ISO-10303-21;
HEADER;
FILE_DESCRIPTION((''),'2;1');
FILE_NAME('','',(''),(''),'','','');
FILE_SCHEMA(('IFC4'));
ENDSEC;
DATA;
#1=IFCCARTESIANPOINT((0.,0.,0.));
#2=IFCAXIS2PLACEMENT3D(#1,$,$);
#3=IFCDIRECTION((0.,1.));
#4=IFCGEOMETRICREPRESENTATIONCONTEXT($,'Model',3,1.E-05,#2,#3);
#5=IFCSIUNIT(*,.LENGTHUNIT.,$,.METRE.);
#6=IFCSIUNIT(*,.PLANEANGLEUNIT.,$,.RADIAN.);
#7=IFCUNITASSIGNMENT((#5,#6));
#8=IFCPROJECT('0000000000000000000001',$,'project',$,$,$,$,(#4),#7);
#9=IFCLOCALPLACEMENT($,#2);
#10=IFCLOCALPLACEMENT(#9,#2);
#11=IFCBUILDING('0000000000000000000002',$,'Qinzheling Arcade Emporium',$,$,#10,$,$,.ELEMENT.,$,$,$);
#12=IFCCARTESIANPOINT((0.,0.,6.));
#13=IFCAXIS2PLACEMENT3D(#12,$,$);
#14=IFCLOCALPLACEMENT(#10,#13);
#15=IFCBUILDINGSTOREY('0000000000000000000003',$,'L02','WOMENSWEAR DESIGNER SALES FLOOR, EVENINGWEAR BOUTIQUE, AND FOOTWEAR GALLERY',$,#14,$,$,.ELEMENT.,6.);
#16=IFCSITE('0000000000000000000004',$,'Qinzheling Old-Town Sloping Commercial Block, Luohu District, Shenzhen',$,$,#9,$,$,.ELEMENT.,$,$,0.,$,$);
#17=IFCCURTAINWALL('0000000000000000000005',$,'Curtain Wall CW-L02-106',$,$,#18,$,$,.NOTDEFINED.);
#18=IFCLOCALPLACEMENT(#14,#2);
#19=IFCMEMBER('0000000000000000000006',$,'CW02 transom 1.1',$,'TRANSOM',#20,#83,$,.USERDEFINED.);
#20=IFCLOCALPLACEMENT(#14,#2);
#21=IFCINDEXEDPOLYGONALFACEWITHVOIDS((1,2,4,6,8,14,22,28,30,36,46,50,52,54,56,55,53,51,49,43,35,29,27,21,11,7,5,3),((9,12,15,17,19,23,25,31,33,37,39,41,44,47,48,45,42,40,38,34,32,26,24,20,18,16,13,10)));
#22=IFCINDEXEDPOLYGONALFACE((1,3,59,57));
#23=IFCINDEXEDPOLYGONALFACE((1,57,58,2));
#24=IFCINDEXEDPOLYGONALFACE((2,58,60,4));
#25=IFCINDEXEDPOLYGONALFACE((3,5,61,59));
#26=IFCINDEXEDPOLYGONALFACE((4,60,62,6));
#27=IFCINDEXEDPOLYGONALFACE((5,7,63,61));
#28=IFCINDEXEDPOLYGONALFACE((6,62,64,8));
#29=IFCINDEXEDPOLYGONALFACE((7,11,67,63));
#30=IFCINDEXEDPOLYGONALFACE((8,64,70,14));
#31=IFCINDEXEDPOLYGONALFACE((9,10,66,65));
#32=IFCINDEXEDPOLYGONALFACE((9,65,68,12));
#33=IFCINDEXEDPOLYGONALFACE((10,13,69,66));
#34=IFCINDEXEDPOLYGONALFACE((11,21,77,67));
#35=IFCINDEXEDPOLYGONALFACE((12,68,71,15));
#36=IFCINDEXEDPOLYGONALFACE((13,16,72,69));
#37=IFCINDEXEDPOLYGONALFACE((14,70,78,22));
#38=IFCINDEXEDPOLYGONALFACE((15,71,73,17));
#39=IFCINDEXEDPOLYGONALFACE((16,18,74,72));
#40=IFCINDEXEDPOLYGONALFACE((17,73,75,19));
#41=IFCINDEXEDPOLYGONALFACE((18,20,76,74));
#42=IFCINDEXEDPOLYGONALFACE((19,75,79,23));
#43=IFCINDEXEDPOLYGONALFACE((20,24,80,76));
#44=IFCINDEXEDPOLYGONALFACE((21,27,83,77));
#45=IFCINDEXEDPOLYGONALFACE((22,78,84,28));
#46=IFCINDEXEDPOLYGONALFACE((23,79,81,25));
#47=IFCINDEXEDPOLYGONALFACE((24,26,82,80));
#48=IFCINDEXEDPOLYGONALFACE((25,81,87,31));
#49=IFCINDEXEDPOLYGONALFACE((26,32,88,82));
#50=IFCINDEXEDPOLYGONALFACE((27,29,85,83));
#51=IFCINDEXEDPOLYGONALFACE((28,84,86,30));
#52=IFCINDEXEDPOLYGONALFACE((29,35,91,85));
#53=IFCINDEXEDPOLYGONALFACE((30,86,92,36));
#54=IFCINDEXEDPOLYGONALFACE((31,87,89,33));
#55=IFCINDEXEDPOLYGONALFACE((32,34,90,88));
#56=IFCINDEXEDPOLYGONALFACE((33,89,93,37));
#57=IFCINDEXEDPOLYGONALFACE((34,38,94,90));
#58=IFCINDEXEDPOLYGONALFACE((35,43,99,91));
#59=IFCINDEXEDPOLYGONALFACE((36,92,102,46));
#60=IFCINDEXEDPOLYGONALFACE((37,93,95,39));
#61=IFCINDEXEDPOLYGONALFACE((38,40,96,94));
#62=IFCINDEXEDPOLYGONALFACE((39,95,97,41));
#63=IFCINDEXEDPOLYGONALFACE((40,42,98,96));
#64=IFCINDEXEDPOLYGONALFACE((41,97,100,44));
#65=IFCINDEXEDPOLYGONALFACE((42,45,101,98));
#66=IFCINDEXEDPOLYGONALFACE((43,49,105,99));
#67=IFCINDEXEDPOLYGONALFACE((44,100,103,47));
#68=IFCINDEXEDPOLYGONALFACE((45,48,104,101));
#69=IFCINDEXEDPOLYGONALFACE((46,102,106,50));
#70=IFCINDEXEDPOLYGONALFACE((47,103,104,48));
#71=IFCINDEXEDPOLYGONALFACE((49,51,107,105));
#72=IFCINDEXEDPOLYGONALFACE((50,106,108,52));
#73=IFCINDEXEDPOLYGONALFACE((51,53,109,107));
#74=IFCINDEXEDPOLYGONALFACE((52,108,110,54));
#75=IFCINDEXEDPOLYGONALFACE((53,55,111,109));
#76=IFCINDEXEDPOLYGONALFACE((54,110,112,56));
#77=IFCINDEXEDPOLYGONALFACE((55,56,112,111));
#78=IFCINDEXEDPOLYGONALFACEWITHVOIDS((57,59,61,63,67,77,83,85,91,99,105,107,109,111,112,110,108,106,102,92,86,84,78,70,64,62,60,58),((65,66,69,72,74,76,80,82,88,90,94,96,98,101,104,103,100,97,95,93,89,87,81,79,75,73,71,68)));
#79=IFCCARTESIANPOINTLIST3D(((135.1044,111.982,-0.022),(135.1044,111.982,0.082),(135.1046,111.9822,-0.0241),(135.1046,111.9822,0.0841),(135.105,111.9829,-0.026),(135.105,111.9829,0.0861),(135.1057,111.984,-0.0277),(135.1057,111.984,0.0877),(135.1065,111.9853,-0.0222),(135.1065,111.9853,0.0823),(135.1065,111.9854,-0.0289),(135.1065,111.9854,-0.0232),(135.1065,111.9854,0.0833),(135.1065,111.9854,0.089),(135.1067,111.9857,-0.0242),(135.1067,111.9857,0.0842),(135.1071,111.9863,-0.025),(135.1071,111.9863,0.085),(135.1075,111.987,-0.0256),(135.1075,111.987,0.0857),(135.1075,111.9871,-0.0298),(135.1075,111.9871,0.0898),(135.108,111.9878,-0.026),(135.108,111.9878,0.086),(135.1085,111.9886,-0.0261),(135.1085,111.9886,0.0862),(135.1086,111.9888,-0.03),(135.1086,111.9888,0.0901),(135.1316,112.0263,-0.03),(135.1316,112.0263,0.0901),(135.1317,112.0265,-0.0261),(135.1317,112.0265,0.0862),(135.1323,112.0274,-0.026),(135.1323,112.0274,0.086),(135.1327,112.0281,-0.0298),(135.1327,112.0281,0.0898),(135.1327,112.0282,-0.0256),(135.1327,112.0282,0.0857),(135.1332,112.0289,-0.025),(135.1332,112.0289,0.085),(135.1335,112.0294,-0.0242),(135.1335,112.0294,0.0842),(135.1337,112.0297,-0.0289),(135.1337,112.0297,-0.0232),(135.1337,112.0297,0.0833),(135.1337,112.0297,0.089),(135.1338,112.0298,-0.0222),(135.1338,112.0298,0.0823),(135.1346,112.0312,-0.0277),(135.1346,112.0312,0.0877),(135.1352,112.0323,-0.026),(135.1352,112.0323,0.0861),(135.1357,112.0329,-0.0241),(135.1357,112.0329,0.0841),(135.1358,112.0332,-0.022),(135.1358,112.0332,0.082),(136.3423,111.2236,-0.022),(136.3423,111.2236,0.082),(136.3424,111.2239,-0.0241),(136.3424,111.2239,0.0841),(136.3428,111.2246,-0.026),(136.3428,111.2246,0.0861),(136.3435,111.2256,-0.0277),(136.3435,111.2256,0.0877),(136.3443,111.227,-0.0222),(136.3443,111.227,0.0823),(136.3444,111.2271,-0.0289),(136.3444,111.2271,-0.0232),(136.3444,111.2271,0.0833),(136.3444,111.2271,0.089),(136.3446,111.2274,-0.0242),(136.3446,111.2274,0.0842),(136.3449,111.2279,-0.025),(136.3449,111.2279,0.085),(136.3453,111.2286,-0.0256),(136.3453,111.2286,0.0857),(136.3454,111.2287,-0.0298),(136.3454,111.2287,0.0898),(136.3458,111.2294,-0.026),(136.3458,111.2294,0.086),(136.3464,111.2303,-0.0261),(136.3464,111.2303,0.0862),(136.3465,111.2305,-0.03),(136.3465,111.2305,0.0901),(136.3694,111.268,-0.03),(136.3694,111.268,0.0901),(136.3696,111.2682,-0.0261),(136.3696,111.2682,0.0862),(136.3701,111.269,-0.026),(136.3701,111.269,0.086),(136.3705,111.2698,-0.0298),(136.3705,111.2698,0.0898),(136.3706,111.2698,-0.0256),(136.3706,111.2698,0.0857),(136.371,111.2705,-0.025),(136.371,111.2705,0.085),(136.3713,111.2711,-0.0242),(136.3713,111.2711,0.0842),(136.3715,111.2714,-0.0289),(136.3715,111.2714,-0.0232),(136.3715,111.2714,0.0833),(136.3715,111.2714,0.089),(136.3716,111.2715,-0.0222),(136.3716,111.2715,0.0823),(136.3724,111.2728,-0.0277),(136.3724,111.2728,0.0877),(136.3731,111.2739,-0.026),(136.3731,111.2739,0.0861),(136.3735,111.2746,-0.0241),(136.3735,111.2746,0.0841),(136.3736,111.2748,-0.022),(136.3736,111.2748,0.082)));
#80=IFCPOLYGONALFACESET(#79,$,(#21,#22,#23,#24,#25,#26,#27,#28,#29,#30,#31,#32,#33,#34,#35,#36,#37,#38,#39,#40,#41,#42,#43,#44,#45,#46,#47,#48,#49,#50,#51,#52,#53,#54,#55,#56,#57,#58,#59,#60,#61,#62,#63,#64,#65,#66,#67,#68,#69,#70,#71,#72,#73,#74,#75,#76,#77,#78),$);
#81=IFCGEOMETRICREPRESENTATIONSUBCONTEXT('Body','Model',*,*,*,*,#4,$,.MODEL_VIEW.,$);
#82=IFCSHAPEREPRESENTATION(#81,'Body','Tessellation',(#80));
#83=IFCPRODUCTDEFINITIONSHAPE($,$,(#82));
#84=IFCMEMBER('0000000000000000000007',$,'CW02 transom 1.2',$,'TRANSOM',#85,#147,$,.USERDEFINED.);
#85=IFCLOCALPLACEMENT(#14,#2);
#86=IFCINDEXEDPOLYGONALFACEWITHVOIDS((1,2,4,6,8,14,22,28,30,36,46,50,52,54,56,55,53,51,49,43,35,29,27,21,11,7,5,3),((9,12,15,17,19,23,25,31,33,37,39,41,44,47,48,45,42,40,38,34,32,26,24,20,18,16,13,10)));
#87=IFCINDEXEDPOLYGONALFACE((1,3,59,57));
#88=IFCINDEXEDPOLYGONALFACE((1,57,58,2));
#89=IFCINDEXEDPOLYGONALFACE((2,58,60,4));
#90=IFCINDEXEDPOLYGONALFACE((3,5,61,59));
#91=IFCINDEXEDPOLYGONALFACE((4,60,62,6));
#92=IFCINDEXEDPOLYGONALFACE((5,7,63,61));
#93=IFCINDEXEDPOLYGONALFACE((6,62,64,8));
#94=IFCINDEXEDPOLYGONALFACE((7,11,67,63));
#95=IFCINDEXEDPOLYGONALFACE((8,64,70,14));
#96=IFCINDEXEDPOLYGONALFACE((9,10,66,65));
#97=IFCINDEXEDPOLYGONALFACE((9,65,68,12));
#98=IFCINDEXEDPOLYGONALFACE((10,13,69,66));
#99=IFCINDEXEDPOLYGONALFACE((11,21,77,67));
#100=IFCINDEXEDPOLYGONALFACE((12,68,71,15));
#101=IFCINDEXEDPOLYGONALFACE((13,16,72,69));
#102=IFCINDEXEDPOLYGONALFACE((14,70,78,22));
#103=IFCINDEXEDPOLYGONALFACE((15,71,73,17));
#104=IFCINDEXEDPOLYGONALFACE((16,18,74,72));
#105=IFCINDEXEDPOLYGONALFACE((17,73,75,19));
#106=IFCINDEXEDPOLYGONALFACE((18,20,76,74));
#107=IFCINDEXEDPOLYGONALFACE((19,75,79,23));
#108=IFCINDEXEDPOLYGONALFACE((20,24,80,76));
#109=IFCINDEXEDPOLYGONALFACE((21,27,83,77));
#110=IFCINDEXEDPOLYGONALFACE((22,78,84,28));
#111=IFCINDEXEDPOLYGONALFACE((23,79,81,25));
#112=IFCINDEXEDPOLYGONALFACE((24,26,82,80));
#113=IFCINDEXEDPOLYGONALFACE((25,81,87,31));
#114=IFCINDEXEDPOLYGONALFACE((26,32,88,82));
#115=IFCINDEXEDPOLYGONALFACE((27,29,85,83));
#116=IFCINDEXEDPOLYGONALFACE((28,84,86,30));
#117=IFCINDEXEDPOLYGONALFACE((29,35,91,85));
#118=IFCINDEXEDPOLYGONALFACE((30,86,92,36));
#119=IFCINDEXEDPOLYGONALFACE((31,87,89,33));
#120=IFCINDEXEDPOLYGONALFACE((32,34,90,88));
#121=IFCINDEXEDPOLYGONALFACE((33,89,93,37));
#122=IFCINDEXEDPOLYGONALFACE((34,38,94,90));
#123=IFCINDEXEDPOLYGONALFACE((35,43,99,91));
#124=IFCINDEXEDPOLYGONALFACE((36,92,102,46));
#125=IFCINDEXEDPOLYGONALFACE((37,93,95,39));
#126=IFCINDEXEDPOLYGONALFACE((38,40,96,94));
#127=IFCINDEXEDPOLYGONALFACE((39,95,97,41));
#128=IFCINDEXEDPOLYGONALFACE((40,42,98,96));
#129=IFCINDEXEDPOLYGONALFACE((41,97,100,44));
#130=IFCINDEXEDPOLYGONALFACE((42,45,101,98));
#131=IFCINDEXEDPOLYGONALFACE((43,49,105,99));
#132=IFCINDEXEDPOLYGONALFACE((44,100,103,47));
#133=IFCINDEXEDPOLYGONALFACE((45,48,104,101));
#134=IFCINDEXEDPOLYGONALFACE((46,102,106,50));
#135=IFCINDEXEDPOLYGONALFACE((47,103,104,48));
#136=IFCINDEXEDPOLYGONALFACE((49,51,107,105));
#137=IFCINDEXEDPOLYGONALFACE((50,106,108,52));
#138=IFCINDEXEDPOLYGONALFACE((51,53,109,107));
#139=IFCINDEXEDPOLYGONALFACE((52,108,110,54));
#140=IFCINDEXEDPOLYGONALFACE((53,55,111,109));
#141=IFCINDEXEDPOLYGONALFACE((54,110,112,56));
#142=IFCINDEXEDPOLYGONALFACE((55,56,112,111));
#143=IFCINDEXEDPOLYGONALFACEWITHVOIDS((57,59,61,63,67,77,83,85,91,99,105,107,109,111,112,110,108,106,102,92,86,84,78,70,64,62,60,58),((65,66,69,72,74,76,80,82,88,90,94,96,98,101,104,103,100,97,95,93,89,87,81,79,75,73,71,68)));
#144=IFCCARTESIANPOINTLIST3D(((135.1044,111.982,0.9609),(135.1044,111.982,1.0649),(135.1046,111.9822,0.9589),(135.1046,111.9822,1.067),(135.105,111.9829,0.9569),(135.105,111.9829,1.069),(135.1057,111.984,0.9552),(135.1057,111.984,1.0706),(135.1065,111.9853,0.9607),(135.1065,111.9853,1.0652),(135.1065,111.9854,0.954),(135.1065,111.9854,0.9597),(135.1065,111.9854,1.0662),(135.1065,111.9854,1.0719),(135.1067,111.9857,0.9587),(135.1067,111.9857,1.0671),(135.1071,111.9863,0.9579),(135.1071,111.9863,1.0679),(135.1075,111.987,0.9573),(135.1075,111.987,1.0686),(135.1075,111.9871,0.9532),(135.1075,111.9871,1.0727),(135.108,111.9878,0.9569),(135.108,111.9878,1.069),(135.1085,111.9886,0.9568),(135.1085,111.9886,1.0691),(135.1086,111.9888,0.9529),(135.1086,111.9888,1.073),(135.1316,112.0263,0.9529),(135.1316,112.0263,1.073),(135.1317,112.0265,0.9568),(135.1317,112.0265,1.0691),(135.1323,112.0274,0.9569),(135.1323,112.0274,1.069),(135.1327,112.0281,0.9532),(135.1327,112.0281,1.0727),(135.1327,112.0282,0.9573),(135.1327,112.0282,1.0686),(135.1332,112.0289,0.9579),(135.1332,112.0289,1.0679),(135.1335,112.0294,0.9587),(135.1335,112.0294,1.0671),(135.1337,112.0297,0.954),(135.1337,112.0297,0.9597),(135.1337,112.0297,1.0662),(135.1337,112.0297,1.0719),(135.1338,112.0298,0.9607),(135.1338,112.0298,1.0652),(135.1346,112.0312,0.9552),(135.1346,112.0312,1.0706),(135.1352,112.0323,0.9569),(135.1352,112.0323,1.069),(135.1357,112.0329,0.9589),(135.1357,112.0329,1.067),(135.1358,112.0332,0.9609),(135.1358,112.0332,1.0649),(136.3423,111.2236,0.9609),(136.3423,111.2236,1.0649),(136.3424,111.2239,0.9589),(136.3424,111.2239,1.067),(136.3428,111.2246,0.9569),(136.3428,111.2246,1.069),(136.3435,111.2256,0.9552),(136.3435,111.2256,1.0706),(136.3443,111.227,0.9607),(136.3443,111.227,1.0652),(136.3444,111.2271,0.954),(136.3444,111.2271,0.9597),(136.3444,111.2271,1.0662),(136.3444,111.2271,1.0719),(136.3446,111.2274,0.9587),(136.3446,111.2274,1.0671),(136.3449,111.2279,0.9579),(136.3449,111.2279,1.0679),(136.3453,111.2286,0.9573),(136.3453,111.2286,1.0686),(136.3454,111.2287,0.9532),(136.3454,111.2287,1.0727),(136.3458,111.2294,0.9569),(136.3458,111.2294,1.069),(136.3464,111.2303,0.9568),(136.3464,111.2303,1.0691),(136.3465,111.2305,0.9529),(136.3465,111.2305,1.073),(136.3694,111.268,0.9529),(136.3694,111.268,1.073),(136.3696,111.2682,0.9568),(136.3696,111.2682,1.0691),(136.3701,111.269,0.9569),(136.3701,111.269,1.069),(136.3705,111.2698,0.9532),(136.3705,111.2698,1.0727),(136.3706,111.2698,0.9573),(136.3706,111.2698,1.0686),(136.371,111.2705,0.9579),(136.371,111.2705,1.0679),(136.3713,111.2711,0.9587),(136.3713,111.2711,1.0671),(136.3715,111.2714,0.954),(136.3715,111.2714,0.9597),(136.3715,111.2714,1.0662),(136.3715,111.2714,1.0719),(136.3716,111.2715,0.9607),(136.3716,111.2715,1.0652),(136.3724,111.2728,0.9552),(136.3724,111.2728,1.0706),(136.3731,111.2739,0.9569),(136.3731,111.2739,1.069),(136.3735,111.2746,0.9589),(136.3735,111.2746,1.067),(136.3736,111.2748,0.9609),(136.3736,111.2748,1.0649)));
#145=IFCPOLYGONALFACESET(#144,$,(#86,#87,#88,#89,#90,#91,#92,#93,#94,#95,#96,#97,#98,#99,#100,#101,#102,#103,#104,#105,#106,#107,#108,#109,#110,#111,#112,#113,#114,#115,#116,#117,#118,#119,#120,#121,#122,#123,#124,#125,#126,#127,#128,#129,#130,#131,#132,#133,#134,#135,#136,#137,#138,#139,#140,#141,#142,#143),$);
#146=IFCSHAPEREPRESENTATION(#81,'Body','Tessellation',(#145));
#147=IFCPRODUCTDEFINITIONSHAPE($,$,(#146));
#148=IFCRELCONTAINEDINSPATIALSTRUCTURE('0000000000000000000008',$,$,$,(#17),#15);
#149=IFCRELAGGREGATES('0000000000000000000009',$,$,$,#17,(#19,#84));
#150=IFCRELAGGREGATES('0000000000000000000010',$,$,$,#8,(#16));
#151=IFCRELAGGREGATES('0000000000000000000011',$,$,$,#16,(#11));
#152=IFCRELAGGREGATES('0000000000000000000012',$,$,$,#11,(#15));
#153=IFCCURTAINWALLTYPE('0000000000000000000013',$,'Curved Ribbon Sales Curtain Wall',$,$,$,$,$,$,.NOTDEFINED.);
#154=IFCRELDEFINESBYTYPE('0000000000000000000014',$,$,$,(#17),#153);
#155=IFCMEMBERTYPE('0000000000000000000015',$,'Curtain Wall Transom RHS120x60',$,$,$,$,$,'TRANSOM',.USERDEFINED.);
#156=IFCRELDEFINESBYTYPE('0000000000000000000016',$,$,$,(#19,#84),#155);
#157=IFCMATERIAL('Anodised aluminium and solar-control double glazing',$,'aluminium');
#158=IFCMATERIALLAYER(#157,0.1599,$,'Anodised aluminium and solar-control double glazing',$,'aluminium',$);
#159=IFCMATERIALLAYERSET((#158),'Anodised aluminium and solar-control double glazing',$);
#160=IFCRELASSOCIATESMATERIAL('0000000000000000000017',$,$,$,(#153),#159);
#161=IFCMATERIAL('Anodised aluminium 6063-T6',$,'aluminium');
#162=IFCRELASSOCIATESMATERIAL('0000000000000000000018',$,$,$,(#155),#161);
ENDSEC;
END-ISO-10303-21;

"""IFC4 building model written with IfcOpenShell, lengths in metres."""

from ifc_helpers import new_model, si_unit, direction, frame, origin, origin_2d, place, context, subcontext, project, spatial, hollow_rectangle, extrude, material, layer, layer_set, material_profile, profile_set, type_object, element, aggregate, save


model = new_model("IFC4")

# Units and contexts
model_context = context("Model", 3, precision=1e-05, world=origin(), true_north=direction((0.0, 1.0)))
body_context = subcontext(model_context, "Body", "Model", "MODEL_VIEW")
ifc_project = project(units=[si_unit("LENGTHUNIT", "METRE"), si_unit("PLANEANGLEUNIT", "RADIAN")], contexts=[model_context])

# Site, building, storey
site_placement = place(None, origin())
site = spatial("IfcSite", under=ifc_project, at=site_placement, Name="Qinzheling Old-Town Sloping Commercial Block, Luohu District, Shenzhen", CompositionType="ELEMENT", RefElevation=0.0)
building_placement = place(site_placement, origin())
building = spatial("IfcBuilding", under=site, at=building_placement, Name="Qinzheling Arcade Emporium", CompositionType="ELEMENT")
storey_placement = place(building_placement, frame((0.0, 0.0, 6.0)))
storey = spatial("IfcBuildingStorey", under=building, at=storey_placement, Name="L02", Description="WOMENSWEAR DESIGNER SALES FLOOR, EVENINGWEAR BOUTIQUE, AND FOOTWEAR GALLERY", CompositionType="ELEMENT", Elevation=6.0)

# Shared definitions
ifc_material_1 = material(Name="Anodised aluminium and solar-control double glazing", Category="aluminium")
ifc_layer_1 = layer(ifc_material_1, 0.1599, Name="Anodised aluminium and solar-control double glazing", Category="aluminium")
ifc_layer_set_1 = layer_set([ifc_layer_1], Name="Anodised aluminium and solar-control double glazing")
curtain_wall_type = type_object("IfcCurtainWallType", Name="Curved Ribbon Sales Curtain Wall", PredefinedType="NOTDEFINED", material=ifc_layer_set_1)
ifc_material_2 = material(Name="Anodised aluminium 6063-T6", Category="aluminium")

# Curtain wall
curtain_wall_1_placement = place(storey_placement, origin())
curtain_wall_1 = element("IfcCurtainWall", 1, at=curtain_wall_1_placement, inside=storey, type_object=curtain_wall_type, Name="Curtain Wall CW-L02-106", PredefinedType="NOTDEFINED")

# Members
ifc_material_profile_1 = material_profile(ifc_material_2, hollow_rectangle(XDim=0.0601, YDim=0.1201, WallThickness=0.0039, InnerFilletRadius=0.0039, OuterFilletRadius=0.0081, at=origin_2d()), Name="RHS 120x60x4", Category="aluminium")
ifc_profile_set_1 = profile_set([ifc_material_profile_1], Name="Anodised aluminium 6063-T6")
member_type_1 = type_object("IfcMemberType", Name="Curtain Wall Transom RHS120x60", ElementType="TRANSOM", PredefinedType="USERDEFINED", material=ifc_profile_set_1)
member_1_placement = place(storey_placement, frame((135.1201, 112.0076, 0.03), z_axis=(0.852708, -0.522389, 0.0), x_axis=(0.522389, 0.852708, 0.0)))
member_1 = element("IfcMember", 2, at=member_1_placement, type_object=member_type_1, Name="CW02 transom 1.1", ObjectType="TRANSOM", PredefinedType="USERDEFINED", context=body_context, shape_type="SweptSolid", body=[
    extrude(hollow_rectangle(XDim=0.0601, YDim=0.1201, WallThickness=0.0039, InnerFilletRadius=0.0039, OuterFilletRadius=0.0081, at=origin_2d()), origin(), (0.0, 0.0, 1.0), 1.4517),
])
member_2_placement = place(storey_placement, frame((135.1201, 112.0076, 1.0129), z_axis=(0.852708, -0.522389, 0.0), x_axis=(0.522389, 0.852708, 0.0)))
member_2 = element("IfcMember", 3, at=member_2_placement, type_object=member_type_1, Name="CW02 transom 1.2", ObjectType="TRANSOM", PredefinedType="USERDEFINED", context=body_context, shape_type="SweptSolid", body=[
    extrude(hollow_rectangle(XDim=0.0601, YDim=0.1201, WallThickness=0.0039, InnerFilletRadius=0.0039, OuterFilletRadius=0.0081, at=origin_2d()), origin(), (0.0, 0.0, 1.0), 1.4517),
])

aggregate(curtain_wall_1, [member_1, member_2])

save(model, "model.ifc")
